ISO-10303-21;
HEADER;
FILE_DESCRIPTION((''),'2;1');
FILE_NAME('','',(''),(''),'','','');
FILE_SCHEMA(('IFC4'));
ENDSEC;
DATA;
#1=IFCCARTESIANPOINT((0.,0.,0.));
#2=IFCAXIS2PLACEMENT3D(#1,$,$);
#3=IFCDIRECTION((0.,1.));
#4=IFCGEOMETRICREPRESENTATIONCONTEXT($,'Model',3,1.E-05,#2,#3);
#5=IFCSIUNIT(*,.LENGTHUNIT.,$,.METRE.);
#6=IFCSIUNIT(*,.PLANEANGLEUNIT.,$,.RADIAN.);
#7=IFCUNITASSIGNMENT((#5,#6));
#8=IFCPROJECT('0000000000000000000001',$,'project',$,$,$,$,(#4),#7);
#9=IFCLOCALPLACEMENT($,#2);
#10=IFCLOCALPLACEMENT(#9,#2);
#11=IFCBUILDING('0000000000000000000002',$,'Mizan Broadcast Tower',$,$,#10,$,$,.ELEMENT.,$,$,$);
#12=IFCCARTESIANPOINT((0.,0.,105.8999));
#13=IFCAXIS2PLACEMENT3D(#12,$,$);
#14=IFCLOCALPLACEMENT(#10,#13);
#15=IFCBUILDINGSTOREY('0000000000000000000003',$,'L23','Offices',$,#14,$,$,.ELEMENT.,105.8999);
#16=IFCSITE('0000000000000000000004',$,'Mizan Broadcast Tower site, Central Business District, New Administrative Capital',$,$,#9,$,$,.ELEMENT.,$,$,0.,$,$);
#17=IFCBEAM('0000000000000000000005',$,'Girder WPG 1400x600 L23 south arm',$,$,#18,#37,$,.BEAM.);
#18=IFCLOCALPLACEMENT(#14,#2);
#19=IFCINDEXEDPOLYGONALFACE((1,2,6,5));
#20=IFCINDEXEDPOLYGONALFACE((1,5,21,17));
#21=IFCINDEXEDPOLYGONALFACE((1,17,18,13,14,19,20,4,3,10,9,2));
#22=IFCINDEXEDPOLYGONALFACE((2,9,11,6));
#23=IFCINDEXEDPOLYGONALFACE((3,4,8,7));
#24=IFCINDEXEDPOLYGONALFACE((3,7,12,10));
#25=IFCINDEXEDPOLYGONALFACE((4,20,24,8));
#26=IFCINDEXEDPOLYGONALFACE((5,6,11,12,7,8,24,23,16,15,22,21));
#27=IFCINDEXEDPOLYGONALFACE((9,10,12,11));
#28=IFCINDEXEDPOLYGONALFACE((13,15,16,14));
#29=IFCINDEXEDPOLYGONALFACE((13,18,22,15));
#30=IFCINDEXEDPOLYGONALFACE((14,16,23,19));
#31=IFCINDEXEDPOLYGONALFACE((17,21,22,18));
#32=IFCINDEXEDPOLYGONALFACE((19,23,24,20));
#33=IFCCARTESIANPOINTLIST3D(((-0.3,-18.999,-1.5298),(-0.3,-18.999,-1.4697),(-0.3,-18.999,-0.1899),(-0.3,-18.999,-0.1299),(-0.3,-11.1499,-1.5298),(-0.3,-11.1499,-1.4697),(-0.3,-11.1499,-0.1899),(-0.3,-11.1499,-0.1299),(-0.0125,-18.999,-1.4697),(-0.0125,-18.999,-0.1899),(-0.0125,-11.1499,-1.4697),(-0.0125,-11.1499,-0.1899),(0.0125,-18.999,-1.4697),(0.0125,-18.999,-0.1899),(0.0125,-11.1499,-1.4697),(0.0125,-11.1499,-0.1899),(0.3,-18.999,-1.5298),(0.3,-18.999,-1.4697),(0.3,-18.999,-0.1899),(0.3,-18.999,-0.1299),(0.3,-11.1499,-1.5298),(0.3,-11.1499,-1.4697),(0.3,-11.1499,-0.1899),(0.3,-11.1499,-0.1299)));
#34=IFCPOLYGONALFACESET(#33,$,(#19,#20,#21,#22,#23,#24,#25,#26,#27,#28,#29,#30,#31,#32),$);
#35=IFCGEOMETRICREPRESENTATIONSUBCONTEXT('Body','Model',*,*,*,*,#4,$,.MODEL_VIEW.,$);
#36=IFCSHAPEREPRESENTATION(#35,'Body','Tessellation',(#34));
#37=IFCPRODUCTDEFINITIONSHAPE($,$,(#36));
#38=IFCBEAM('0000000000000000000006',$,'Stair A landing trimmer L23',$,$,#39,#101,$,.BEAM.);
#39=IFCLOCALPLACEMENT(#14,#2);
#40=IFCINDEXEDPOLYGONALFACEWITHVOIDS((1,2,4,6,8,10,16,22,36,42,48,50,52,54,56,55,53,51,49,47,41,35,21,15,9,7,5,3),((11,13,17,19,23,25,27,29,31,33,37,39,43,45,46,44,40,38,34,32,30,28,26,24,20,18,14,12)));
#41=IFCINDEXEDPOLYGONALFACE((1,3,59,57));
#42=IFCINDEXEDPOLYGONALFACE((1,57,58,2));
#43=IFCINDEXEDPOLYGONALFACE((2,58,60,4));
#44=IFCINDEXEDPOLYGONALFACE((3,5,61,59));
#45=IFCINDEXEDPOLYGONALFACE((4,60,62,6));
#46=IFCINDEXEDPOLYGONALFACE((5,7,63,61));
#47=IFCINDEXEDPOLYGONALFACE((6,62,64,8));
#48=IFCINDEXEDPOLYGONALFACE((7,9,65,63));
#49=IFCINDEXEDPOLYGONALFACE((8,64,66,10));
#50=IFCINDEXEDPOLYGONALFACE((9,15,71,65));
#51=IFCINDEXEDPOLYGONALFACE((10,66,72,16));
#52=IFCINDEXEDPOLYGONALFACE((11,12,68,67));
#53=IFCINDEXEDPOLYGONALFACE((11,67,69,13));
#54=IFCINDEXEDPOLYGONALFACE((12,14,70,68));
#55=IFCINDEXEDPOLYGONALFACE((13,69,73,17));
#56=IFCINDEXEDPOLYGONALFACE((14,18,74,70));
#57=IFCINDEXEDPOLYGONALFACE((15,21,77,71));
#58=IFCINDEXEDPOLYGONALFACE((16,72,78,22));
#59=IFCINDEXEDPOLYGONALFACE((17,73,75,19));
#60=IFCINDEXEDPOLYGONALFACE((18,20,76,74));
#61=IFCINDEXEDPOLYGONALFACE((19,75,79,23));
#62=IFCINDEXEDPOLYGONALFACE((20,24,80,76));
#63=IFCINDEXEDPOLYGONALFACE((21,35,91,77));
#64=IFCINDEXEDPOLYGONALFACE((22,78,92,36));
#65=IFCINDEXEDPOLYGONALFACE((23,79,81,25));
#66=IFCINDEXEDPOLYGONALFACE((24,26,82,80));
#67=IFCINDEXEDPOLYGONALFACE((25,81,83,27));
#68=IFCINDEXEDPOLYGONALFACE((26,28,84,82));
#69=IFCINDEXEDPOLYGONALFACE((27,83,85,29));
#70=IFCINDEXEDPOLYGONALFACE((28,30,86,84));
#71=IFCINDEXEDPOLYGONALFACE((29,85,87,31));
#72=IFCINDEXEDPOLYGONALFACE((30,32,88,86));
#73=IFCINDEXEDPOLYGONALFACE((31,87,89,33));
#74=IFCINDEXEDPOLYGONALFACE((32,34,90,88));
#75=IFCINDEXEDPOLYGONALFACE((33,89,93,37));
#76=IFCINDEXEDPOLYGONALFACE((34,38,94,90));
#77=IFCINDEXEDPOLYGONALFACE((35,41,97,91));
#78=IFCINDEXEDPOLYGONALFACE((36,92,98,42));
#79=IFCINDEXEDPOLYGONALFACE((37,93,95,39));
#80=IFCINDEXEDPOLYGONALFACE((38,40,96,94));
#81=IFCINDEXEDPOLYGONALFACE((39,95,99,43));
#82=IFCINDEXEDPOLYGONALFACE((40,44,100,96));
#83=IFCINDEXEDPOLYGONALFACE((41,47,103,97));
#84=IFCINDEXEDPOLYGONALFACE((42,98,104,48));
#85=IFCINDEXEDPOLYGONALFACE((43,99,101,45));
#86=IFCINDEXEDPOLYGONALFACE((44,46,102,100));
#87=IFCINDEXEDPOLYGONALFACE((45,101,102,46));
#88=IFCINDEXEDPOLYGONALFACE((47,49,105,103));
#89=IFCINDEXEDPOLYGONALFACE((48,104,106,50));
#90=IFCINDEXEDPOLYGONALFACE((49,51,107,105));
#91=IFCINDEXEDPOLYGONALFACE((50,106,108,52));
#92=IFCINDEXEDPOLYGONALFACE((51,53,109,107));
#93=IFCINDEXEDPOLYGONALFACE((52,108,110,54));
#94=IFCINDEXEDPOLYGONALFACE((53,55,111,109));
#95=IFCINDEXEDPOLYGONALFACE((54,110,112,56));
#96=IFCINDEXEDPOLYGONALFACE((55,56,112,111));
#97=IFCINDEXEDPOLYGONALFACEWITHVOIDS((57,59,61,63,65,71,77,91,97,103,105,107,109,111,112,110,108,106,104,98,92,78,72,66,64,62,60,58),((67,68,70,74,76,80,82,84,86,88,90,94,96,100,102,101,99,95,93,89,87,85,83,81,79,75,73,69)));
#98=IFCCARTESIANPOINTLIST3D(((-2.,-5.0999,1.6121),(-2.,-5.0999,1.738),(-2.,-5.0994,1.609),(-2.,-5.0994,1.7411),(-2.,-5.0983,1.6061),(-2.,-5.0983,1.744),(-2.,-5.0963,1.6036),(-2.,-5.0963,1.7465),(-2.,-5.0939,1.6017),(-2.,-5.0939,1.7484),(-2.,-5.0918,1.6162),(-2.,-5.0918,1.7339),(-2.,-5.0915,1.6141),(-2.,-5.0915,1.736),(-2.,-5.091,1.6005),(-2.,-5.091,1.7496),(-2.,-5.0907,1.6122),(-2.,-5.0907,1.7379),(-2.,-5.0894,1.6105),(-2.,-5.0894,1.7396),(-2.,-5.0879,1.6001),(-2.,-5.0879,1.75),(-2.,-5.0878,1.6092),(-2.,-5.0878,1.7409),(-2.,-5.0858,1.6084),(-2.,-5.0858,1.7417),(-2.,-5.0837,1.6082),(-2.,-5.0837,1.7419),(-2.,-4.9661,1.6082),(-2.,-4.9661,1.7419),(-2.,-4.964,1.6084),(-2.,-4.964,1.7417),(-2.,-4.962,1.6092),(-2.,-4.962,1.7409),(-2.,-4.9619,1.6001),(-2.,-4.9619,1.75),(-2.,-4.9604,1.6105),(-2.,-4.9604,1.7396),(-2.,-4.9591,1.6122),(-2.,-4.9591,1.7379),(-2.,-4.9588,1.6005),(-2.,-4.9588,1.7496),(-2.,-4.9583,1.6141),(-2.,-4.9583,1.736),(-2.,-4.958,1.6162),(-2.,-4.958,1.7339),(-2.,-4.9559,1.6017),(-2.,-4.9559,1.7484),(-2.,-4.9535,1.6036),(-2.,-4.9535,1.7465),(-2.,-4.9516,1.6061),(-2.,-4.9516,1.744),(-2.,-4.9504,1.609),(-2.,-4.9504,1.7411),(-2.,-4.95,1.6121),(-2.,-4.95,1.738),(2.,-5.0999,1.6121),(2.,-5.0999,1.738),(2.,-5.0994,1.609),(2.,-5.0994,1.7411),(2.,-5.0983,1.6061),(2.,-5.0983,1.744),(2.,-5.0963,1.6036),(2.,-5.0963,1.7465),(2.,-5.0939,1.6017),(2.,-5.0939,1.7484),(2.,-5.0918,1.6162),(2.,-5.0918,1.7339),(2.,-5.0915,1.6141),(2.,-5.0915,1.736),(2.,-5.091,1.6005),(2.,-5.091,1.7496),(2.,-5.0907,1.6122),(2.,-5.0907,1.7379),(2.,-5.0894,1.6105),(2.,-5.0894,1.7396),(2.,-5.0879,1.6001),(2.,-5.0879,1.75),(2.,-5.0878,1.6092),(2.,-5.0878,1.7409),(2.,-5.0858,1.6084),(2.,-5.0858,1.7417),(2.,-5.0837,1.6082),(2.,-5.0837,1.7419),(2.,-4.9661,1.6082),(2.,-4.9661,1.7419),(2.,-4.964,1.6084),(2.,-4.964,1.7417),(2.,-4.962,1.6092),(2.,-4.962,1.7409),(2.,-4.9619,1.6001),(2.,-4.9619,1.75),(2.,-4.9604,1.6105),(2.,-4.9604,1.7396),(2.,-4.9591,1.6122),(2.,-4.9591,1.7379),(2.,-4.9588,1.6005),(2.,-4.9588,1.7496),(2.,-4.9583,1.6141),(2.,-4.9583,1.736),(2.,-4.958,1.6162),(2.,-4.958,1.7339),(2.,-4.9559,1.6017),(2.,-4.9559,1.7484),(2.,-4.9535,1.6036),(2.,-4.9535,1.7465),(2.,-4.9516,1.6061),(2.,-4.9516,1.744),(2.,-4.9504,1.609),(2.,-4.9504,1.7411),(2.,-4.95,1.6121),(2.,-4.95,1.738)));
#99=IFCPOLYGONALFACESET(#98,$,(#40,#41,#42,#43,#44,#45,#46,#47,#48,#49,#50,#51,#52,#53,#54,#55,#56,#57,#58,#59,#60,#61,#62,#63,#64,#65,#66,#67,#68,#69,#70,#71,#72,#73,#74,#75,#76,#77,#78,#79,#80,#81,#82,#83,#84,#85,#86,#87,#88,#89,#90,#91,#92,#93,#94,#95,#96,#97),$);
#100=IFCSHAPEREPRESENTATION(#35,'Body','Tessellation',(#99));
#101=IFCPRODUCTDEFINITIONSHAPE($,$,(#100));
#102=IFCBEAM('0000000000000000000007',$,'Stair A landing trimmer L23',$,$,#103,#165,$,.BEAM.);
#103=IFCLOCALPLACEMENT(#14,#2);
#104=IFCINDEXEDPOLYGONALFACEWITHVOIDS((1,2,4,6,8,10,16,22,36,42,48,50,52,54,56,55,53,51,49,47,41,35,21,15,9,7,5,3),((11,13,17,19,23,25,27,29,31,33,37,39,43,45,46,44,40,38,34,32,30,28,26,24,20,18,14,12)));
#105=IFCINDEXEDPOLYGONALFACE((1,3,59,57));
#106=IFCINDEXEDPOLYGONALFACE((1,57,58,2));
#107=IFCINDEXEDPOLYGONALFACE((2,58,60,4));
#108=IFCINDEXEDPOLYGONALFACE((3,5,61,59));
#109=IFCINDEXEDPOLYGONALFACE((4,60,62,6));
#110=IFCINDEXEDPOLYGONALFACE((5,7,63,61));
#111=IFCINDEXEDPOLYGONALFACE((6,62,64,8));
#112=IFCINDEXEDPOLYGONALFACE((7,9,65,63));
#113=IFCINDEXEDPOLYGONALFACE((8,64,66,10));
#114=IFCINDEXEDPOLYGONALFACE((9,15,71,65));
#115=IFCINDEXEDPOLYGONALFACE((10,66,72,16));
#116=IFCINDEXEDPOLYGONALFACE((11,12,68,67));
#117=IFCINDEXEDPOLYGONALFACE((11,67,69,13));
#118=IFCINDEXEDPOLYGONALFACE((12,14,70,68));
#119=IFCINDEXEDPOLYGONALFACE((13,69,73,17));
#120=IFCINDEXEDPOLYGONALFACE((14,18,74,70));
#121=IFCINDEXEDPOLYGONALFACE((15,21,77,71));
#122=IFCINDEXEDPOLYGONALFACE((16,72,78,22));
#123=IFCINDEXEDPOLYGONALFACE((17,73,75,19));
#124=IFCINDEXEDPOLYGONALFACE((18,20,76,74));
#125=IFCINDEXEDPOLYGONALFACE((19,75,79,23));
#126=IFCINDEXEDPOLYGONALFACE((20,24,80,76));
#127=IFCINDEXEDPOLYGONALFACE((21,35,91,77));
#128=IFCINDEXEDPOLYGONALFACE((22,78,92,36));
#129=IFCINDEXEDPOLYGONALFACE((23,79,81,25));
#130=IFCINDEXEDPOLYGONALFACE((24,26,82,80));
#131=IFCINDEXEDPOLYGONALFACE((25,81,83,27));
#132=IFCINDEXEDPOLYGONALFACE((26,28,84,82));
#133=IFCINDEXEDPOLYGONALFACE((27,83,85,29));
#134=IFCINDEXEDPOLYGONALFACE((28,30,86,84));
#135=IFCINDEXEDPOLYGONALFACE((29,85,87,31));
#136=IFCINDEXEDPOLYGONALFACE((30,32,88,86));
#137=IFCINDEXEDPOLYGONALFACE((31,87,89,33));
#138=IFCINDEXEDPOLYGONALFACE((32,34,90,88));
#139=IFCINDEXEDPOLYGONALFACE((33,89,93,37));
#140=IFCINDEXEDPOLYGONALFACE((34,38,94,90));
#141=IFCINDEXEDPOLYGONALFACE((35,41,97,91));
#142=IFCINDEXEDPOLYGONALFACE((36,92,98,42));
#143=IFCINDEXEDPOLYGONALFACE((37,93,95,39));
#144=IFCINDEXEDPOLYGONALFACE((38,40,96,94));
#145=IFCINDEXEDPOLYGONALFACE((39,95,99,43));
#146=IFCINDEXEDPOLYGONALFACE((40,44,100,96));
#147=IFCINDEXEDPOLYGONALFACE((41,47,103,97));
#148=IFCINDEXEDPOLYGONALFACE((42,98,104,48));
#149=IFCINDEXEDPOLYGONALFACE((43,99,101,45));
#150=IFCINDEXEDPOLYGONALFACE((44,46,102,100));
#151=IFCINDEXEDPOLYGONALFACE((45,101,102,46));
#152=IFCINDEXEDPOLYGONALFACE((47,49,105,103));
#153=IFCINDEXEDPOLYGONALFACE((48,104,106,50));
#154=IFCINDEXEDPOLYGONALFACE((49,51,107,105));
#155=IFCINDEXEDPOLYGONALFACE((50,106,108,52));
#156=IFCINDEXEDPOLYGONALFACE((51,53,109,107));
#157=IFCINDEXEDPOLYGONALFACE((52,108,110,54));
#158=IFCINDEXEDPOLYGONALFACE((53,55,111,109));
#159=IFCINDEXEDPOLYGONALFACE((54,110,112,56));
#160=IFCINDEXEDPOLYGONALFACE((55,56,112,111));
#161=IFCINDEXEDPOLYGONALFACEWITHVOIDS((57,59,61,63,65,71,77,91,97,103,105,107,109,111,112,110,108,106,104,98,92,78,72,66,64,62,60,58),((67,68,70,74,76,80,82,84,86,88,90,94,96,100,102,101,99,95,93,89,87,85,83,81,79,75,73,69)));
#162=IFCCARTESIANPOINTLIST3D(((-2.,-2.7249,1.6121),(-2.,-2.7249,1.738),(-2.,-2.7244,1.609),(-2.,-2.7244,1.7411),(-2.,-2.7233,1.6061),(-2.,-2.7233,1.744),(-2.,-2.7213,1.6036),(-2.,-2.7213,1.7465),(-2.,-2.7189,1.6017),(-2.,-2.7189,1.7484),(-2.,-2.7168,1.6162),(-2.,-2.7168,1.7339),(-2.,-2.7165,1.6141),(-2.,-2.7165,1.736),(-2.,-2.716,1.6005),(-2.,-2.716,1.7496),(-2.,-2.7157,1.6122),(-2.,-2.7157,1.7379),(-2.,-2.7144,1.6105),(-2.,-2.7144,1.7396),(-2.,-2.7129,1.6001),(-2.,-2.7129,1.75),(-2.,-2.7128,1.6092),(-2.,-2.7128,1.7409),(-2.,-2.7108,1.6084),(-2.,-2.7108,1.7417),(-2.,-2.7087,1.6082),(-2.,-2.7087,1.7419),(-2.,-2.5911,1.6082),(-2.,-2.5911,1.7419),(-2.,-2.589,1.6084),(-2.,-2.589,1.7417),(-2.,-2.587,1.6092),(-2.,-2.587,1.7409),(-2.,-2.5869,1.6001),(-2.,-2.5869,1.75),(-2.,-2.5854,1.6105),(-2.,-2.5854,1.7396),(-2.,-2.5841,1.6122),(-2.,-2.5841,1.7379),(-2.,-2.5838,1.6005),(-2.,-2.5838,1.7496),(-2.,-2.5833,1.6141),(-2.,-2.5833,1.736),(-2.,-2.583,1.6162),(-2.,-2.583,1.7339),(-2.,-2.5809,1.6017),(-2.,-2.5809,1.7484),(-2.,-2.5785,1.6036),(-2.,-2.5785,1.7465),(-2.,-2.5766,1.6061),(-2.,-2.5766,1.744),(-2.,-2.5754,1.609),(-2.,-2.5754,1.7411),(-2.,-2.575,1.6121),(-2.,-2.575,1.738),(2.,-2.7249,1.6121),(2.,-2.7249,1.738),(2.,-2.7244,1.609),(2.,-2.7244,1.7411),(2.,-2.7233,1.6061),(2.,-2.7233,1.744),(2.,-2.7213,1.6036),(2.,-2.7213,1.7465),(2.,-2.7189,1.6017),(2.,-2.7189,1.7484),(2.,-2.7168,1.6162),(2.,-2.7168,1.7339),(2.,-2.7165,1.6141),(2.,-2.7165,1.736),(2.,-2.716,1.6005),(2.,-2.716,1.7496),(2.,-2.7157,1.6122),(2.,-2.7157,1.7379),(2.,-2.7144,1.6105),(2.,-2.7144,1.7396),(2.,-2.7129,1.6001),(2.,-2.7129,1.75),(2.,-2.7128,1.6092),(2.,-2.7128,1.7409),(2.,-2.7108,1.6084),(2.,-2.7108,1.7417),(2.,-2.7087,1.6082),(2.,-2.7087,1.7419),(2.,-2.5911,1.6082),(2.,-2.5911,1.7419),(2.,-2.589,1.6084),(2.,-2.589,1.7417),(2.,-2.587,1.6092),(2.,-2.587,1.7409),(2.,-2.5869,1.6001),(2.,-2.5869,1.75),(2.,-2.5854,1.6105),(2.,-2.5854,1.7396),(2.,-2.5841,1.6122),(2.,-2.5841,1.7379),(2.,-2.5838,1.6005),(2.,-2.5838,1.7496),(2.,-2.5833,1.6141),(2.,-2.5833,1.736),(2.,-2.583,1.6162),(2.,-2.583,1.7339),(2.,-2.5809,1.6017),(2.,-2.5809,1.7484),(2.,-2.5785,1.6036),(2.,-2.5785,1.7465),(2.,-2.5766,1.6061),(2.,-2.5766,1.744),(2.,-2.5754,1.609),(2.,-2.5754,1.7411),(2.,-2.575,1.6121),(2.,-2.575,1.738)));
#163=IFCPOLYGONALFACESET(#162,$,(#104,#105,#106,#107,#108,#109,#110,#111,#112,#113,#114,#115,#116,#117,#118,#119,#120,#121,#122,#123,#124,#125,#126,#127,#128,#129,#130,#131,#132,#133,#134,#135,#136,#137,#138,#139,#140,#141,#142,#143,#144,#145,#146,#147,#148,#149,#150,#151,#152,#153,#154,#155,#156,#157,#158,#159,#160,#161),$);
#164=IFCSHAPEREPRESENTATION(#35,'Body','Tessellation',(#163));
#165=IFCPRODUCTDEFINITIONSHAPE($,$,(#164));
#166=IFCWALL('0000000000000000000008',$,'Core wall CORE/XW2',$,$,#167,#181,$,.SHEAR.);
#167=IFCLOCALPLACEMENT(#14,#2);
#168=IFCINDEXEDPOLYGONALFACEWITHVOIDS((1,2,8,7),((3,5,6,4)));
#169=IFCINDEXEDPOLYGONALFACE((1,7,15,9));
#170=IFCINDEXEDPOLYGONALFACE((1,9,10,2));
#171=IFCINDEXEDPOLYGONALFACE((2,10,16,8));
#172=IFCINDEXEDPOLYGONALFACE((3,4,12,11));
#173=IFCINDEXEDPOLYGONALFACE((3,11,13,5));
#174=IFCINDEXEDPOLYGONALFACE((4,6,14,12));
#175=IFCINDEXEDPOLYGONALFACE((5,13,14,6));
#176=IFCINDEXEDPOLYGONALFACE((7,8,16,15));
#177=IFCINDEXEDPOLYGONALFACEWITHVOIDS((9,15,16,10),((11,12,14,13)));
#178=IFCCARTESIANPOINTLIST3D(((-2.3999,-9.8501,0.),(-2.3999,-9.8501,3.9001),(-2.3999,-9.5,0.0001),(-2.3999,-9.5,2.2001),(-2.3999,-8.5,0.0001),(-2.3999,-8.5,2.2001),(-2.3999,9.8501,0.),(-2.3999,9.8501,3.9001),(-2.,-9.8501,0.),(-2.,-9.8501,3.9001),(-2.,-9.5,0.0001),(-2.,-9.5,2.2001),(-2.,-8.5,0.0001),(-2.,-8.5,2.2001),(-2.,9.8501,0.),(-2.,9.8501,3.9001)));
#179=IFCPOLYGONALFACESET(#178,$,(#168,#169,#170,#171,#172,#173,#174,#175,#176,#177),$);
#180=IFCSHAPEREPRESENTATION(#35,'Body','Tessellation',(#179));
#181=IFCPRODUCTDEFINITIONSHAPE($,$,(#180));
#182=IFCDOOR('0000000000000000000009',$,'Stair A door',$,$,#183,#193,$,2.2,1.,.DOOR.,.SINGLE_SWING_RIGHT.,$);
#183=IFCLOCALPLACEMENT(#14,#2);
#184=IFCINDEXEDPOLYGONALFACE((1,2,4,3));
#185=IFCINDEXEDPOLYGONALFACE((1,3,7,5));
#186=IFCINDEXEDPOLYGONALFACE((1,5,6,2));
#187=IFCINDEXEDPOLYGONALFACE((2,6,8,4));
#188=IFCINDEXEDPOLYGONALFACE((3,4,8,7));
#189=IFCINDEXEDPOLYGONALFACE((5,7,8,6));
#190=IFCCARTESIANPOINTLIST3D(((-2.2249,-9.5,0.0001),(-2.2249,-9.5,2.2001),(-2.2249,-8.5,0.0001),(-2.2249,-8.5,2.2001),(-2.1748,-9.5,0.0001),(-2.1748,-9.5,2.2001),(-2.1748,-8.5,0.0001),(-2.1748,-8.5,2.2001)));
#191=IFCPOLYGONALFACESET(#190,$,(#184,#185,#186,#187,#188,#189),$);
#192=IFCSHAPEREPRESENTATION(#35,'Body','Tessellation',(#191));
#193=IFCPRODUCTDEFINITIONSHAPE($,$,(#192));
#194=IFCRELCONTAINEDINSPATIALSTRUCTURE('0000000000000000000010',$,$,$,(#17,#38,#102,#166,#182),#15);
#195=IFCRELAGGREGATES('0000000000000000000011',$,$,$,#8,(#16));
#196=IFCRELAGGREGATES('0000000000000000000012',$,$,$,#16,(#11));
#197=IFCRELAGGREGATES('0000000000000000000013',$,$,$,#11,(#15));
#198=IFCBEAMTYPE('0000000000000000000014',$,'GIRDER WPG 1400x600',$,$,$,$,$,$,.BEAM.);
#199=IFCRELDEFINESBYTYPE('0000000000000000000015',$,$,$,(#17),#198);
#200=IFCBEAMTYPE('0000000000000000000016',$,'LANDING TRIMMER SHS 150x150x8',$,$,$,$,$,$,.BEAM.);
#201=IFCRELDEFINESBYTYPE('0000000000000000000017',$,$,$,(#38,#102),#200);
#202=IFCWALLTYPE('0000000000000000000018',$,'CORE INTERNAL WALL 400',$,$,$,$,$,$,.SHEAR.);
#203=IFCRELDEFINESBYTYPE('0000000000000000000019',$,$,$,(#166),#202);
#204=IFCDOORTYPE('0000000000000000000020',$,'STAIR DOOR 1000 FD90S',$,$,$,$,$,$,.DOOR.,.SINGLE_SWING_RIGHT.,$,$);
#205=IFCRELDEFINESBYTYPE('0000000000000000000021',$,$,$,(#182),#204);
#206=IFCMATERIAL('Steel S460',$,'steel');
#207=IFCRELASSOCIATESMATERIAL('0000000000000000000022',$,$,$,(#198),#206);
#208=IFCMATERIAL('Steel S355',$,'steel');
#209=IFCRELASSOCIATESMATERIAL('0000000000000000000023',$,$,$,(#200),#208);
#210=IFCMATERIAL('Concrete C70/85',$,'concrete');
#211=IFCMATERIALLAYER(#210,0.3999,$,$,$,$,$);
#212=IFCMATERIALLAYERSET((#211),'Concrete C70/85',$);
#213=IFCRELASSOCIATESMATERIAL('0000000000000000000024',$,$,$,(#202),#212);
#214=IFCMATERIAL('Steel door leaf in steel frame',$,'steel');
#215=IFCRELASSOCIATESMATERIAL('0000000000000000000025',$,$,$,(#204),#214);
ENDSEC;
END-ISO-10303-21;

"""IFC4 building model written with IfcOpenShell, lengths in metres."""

from ifc_helpers import new_model, si_unit, direction, frame, frame_2d, origin, origin_2d, place, context, subcontext, project, spatial, rectangle, hollow_rectangle, i_section, extrude, material, layer, layer_set, material_profile, profile_set, type_object, element, fill, save


model = new_model("IFC4")

# Units and contexts
model_context = context("Model", 3, precision=1e-05, world=origin(), true_north=direction((0.0, 1.0)))
body_context = subcontext(model_context, "Body", "Model", "MODEL_VIEW")
ifc_project = project(units=[si_unit("LENGTHUNIT", "METRE"), si_unit("PLANEANGLEUNIT", "RADIAN")], contexts=[model_context])

# Site, building, storey
site_placement = place(None, origin())
site = spatial("IfcSite", under=ifc_project, at=site_placement, Name="Mizan Broadcast Tower site, Central Business District, New Administrative Capital", CompositionType="ELEMENT", RefElevation=0.0)
building_placement = place(site_placement, origin())
building = spatial("IfcBuilding", under=site, at=building_placement, Name="Mizan Broadcast Tower", CompositionType="ELEMENT")
storey_placement = place(building_placement, frame((0.0, 0.0, 105.8999)))
storey = spatial("IfcBuildingStorey", under=building, at=storey_placement, Name="L23", Description="Offices", CompositionType="ELEMENT", Elevation=105.8999)

# Beams
ifc_material_1 = material(Name="Steel S460", Category="steel")
ifc_material_profile_1 = material_profile(ifc_material_1, i_section(OverallWidth=0.6001, OverallDepth=1.3999, WebThickness=0.0249, FlangeThickness=0.0601, at=origin_2d()), Name="WPG 1400x600")
ifc_profile_set_1 = profile_set([ifc_material_profile_1], Name="Steel S460")
beam_type_1 = type_object("IfcBeamType", Name="GIRDER WPG 1400x600", PredefinedType="BEAM", material=ifc_profile_set_1)
beam_placement = place(storey_placement, frame((0.0, -11.1499, -0.8298), z_axis=(0.0, -1.0, 0.0), x_axis=(1.0, 0.0, 0.0)))
element("IfcBeam", 1, at=beam_placement, inside=storey, type_object=beam_type_1, Name="Girder WPG 1400x600 L23 south arm", PredefinedType="BEAM", context=body_context, shape_type="SweptSolid", body=[
    extrude(i_section(OverallWidth=0.6001, OverallDepth=1.3999, WebThickness=0.0249, FlangeThickness=0.0601, at=origin_2d()), origin(), (0.0, 0.0, 1.0), 7.8491),
])
ifc_material_2 = material(Name="Steel S355", Category="steel")
ifc_material_profile_2 = material_profile(ifc_material_2, hollow_rectangle(XDim=0.1499, YDim=0.1499, WallThickness=0.0081, InnerFilletRadius=0.0081, OuterFilletRadius=0.012, at=origin_2d()), Name="SHS 150x150x8")
ifc_profile_set_2 = profile_set([ifc_material_profile_2], Name="Steel S355")
beam_type_2 = type_object("IfcBeamType", Name="LANDING TRIMMER SHS 150x150x8", PredefinedType="BEAM", material=ifc_profile_set_2)
for number, where, z_axis, x_axis, name in (
    (2, (-2.0, -5.0249, 1.675), (1.0, 0.0, 0.0), (0.0, 1.0, 0.0), "Stair A landing trimmer L23"),
    (3, (-2.0, -2.6499, 1.675), (1.0, 0.0, 0.0), (0.0, 1.0, 0.0), "Stair A landing trimmer L23"),
):
    element("IfcBeam", number, at=place(storey_placement, frame(where, z_axis=z_axis, x_axis=x_axis)), inside=storey, type_object=beam_type_2, Name=name, PredefinedType="BEAM", context=body_context, shape_type="SweptSolid", body=[
        extrude(hollow_rectangle(XDim=0.1499, YDim=0.1499, WallThickness=0.0081, InnerFilletRadius=0.0081, OuterFilletRadius=0.012, at=origin_2d()), origin(), (0.0, 0.0, 1.0), 4.0),
    ])

# Wall, opening, door
ifc_material_3 = material(Name="Concrete C70/85", Category="concrete")
ifc_layer_1 = layer(ifc_material_3, 0.3999)
ifc_layer_set_1 = layer_set([ifc_layer_1], Name="Concrete C70/85")
wall_type_1 = type_object("IfcWallType", Name="CORE INTERNAL WALL 400", PredefinedType="SHEAR", material=ifc_layer_set_1)
wall_1_placement = place(storey_placement, frame((-2.2, -9.8501, 0.0), z_axis=(0.0, 0.0, 1.0), x_axis=(0.0, 1.0, 0.0)))
wall_1 = element("IfcWall", 4, at=wall_1_placement, inside=storey, type_object=wall_type_1, Name="Core wall CORE/XW2", PredefinedType="SHEAR", context=body_context, shape_type="SweptSolid", body=[
    extrude(rectangle(XDim=19.7002, YDim=0.3999, at=frame_2d((9.8501, 0.0))), origin(), (0.0, 0.0, 1.0), 3.9001),
])
opening_1_placement = place(wall_1_placement, frame((0.3501, 0.0, 0.0)))
opening_1 = element("IfcOpeningElement", 5, at=opening_1_placement, cuts=wall_1, PredefinedType="OPENING", context=body_context, shape_type="SweptSolid", body=[
    extrude(rectangle(XDim=1.0, YDim=2.2, at=frame_2d((0.5, 1.1001))), frame((0.0, 0.21, 0.0), z_axis=(0.0, -1.0, 0.0), x_axis=(1.0, 0.0, 0.0)), (0.0, 0.0, 1.0), 0.4199),
])
ifc_material_4 = material(Name="Steel door leaf in steel frame", Category="steel")
door_type_1 = type_object("IfcDoorType", Name="STAIR DOOR 1000 FD90S", OperationType="SINGLE_SWING_RIGHT", PredefinedType="DOOR", material=ifc_material_4)
door_1_placement = place(opening_1_placement, origin())
door_1 = element("IfcDoor", 6, at=door_1_placement, inside=storey, type_object=door_type_1, Name="Stair A door", OperationType="SINGLE_SWING_RIGHT", OverallHeight=2.2, OverallWidth=1.0, PredefinedType="DOOR", context=body_context, shape_type="SweptSolid", body=[
    extrude(rectangle(XDim=1.0, YDim=2.2, at=frame_2d((0.5, 1.1001))), frame((0.0, 0.0249, 0.0), z_axis=(0.0, -1.0, 0.0), x_axis=(1.0, 0.0, 0.0)), (0.0, 0.0, 1.0), 0.05),
])
fill(opening_1, door_1)

save(model, "model.ifc")
